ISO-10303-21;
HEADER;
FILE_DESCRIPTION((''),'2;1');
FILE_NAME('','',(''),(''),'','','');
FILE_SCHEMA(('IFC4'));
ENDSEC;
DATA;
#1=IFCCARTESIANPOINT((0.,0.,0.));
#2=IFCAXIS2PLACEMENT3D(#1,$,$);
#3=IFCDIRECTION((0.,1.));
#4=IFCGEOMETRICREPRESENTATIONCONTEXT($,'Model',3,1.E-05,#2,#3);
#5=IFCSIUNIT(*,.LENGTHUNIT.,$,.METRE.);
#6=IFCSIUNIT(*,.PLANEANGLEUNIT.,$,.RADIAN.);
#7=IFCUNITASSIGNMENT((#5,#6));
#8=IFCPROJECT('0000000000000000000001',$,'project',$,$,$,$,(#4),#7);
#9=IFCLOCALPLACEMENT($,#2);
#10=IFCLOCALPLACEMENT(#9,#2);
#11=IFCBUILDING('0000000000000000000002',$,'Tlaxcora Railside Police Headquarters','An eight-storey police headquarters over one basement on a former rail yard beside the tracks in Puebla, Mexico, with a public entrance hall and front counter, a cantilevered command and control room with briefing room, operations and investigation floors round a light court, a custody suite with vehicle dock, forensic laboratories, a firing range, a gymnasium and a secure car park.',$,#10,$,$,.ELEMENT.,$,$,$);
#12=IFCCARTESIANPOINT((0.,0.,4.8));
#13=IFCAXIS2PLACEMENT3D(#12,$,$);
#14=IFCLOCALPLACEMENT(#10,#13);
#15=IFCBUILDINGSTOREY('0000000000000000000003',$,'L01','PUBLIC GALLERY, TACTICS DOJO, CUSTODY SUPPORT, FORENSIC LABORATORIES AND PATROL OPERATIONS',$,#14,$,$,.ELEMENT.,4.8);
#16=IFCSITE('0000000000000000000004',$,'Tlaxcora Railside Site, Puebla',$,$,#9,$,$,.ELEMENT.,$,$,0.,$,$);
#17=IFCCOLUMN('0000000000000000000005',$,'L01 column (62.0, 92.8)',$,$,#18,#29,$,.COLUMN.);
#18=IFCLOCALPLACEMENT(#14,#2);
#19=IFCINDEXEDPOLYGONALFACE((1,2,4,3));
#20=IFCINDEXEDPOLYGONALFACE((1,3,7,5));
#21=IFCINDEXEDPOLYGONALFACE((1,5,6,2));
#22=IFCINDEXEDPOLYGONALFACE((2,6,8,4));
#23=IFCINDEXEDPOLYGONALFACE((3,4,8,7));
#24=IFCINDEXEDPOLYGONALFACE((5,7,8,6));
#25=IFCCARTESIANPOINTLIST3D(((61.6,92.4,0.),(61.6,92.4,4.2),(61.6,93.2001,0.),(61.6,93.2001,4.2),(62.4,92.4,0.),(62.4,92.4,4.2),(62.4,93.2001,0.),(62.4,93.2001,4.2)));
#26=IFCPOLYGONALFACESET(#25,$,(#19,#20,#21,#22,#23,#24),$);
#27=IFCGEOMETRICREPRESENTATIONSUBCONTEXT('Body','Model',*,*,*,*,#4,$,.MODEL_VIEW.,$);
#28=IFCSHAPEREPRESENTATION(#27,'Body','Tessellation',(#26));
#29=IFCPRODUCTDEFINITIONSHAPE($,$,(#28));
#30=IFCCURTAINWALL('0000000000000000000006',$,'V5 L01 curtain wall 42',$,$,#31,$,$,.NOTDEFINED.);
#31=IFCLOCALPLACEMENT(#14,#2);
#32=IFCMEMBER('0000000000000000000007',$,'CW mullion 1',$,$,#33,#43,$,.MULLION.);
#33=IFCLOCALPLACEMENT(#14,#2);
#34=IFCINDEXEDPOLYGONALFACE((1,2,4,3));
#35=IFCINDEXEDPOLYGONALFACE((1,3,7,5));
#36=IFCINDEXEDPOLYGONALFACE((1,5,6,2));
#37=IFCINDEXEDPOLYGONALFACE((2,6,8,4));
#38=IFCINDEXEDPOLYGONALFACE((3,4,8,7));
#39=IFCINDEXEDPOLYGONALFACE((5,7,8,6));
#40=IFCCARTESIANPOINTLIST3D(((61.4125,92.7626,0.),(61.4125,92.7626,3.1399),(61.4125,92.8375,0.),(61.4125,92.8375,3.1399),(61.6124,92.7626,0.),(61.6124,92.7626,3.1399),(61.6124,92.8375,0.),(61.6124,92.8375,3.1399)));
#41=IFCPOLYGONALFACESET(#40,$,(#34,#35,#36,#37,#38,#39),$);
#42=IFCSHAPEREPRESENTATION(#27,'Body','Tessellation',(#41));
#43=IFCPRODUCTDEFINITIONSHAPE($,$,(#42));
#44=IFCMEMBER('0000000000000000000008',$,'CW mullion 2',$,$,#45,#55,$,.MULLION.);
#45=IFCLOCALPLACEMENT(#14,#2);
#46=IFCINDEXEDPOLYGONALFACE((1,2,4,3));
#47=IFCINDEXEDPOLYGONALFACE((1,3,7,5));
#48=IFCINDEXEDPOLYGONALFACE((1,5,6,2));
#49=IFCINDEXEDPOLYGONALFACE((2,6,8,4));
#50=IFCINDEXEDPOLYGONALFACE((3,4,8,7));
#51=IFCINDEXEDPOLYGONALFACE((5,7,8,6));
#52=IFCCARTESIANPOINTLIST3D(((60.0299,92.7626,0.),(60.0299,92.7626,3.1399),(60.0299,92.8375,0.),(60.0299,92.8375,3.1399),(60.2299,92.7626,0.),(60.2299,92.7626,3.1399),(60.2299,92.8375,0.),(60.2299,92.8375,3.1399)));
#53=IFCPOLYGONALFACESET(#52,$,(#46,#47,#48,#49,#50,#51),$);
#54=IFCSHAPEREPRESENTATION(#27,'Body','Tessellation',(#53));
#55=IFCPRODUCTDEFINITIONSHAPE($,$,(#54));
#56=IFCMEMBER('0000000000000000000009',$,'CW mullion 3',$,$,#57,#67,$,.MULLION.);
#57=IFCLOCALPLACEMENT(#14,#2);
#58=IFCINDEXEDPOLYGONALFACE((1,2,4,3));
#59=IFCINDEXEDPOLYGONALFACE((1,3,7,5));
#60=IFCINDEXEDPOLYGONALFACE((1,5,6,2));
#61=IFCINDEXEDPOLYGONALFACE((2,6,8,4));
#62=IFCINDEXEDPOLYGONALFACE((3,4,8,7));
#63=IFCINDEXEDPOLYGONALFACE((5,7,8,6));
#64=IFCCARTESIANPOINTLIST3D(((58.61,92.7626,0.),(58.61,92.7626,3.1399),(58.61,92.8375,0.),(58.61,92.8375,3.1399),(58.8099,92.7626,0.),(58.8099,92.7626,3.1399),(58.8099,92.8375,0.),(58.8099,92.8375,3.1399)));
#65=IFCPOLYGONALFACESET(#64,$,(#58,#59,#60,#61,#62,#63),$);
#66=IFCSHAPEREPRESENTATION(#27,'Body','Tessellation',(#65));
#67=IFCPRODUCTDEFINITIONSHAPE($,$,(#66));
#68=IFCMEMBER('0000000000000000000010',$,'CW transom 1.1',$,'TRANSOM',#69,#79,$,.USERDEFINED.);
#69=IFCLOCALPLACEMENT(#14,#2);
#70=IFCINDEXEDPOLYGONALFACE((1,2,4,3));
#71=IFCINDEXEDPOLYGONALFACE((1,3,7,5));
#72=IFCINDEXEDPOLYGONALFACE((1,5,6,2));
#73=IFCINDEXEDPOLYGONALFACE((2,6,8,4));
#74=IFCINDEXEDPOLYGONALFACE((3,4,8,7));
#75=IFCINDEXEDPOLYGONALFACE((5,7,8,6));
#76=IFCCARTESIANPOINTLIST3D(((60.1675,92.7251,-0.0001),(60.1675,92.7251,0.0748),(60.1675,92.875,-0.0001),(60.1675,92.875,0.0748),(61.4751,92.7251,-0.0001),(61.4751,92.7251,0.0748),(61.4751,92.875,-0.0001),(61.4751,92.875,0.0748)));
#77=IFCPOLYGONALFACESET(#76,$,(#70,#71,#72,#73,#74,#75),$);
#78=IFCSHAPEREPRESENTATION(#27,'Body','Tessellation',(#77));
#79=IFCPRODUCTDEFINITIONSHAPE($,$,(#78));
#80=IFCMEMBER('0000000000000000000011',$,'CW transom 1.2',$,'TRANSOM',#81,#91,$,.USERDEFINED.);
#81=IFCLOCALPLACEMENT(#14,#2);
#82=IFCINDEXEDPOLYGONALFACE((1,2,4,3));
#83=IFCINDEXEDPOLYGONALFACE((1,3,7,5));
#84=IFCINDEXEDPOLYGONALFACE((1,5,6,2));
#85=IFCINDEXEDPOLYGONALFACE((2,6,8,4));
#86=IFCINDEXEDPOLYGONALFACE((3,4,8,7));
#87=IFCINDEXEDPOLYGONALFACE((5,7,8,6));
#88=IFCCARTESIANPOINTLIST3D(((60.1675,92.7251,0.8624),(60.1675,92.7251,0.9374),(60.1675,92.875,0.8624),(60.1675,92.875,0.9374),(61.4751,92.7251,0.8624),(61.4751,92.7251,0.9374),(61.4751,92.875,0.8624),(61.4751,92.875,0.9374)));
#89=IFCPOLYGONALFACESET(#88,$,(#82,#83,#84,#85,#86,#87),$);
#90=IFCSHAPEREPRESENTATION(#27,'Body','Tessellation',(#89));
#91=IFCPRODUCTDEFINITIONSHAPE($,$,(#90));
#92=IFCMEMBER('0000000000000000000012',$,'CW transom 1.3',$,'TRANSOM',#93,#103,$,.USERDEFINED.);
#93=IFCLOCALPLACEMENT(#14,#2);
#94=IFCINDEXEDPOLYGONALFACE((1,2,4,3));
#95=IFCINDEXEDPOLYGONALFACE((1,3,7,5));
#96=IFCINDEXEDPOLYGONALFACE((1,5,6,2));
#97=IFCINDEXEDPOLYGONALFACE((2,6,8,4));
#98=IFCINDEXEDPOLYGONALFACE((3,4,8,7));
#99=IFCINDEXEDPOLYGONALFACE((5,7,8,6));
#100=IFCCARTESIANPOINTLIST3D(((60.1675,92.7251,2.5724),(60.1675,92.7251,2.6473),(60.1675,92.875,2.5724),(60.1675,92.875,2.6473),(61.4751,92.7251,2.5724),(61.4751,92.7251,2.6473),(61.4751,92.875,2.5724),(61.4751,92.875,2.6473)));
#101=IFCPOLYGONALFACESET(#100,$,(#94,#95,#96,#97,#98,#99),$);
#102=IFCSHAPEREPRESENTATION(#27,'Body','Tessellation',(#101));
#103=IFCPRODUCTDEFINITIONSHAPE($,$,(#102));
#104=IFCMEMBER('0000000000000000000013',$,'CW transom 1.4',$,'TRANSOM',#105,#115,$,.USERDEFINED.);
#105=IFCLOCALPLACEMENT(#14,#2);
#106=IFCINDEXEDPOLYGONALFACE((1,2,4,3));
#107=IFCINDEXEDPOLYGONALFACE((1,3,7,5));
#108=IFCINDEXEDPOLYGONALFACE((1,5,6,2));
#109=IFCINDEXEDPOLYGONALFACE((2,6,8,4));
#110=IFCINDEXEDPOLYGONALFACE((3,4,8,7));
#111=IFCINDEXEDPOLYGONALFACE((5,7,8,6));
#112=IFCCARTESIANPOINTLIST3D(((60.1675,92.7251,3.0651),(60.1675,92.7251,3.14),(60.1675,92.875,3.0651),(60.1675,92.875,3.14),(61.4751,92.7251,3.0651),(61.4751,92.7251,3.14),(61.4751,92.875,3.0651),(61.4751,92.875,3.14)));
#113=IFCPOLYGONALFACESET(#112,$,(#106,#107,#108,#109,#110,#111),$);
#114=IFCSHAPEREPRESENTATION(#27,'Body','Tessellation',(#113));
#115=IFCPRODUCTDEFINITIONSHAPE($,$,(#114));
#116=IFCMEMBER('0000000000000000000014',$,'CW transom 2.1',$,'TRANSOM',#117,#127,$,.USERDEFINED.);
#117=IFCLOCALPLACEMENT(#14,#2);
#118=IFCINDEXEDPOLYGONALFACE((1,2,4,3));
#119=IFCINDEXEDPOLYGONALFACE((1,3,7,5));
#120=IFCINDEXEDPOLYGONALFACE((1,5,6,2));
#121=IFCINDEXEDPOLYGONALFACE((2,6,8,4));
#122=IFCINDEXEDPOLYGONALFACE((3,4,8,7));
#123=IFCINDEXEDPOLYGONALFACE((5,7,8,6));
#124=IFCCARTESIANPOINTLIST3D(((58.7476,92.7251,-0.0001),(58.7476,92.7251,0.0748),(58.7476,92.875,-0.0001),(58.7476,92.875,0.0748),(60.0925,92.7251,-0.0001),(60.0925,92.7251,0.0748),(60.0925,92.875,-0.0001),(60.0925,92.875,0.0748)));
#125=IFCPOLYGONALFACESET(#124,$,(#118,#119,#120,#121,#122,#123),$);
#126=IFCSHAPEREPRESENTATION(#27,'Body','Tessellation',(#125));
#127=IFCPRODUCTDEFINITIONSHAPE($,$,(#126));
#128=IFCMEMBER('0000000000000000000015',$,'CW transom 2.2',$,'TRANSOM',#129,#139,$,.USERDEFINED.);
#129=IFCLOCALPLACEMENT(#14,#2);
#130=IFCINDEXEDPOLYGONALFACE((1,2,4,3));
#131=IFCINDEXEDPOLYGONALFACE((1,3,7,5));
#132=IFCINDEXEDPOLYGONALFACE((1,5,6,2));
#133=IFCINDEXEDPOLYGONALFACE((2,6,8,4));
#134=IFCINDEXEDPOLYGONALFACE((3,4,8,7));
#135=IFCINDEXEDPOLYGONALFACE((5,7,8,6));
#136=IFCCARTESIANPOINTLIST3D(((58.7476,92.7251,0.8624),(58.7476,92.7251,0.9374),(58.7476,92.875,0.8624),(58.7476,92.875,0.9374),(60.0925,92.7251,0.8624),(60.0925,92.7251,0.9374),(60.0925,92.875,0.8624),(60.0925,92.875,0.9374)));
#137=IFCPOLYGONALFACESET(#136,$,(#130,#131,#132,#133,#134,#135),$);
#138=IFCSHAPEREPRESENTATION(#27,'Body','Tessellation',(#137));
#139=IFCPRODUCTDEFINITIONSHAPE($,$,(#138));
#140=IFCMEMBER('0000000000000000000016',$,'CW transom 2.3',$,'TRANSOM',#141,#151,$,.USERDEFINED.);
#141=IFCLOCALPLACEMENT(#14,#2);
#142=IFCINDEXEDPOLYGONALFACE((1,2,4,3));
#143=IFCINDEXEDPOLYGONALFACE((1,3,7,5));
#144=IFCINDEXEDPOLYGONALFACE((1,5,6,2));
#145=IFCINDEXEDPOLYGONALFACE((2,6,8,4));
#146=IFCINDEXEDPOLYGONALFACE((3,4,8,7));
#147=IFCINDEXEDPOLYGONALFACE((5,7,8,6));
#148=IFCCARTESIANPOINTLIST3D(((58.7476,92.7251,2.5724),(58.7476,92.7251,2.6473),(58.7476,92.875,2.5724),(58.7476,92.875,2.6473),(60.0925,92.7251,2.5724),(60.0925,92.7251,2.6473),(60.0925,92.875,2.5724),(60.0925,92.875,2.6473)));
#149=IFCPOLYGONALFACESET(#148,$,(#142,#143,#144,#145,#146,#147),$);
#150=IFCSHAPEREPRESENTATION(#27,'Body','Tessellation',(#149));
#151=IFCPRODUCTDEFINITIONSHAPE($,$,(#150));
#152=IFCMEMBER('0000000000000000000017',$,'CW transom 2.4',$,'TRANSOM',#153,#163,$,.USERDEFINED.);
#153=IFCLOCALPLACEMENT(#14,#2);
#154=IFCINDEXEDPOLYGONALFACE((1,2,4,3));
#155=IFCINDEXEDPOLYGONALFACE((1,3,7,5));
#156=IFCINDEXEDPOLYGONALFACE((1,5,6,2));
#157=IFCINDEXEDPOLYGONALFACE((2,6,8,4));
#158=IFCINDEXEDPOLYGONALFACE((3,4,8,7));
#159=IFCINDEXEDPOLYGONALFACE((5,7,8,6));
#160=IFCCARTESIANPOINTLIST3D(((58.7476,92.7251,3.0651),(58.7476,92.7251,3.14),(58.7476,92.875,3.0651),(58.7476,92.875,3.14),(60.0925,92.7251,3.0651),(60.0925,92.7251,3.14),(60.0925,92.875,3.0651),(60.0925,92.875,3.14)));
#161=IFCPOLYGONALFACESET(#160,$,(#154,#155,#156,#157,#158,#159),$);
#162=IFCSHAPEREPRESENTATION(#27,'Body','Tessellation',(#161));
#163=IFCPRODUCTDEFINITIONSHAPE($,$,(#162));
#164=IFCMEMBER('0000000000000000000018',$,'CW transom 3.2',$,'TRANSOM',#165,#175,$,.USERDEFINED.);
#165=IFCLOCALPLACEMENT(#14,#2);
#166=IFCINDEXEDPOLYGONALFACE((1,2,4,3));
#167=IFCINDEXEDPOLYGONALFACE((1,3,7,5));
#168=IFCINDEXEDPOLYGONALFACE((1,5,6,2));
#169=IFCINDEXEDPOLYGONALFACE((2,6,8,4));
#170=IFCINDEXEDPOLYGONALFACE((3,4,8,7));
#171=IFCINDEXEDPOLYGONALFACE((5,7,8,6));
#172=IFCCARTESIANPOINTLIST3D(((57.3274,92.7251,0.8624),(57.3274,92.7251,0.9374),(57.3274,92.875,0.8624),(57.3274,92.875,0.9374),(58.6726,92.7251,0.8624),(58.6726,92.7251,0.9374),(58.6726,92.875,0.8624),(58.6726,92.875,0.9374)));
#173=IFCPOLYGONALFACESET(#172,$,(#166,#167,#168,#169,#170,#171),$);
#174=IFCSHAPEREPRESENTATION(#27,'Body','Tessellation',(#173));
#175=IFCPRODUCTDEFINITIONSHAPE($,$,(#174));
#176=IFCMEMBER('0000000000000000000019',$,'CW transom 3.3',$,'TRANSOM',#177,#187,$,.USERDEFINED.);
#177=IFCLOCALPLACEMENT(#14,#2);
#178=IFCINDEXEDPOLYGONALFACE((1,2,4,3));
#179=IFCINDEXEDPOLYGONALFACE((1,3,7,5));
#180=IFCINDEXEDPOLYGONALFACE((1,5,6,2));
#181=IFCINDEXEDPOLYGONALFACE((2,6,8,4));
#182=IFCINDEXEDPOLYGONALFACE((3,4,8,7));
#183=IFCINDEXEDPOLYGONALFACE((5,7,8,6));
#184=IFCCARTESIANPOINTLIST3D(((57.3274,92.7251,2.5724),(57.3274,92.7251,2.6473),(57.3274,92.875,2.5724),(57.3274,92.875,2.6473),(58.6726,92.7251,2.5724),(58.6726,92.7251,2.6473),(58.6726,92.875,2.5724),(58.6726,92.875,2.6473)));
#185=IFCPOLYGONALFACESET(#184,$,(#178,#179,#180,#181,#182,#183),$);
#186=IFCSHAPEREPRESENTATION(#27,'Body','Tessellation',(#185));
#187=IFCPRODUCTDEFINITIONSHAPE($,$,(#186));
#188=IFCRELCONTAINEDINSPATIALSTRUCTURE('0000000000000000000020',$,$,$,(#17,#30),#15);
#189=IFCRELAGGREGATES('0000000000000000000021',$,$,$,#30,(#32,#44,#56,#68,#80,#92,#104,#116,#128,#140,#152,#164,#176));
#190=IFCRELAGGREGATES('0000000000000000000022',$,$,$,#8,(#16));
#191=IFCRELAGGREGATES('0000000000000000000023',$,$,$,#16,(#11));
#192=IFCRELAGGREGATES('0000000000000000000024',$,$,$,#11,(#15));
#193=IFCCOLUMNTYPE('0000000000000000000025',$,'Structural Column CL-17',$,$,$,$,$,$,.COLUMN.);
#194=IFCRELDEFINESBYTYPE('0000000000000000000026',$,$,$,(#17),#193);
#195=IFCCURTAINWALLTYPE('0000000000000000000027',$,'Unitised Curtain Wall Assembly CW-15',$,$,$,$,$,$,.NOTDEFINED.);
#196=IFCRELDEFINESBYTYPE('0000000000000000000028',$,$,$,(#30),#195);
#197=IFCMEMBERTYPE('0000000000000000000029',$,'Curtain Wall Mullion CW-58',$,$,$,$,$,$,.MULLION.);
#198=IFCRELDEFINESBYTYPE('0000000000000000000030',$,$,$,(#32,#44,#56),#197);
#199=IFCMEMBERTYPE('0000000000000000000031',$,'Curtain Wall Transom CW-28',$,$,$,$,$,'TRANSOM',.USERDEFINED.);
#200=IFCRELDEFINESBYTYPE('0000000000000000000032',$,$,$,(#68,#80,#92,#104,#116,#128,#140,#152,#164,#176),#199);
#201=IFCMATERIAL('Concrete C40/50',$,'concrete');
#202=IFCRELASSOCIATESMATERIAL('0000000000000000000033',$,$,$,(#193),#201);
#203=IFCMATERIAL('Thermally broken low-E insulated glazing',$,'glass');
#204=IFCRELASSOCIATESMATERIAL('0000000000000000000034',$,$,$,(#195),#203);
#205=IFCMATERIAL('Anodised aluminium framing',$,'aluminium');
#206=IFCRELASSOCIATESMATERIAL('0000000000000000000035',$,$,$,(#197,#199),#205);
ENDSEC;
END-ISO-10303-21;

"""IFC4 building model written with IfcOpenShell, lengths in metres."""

from ifc_helpers import new_model, si_unit, direction, frame, origin, origin_2d, place, context, subcontext, project, spatial, rectangle, extrude, material, material_profile, profile_set, type_object, element, aggregate, save


model = new_model("IFC4")

# Units and contexts
model_context = context("Model", 3, precision=1e-05, world=origin(), true_north=direction((0.0, 1.0)))
body_context = subcontext(model_context, "Body", "Model", "MODEL_VIEW")
ifc_project = project(units=[si_unit("LENGTHUNIT", "METRE"), si_unit("PLANEANGLEUNIT", "RADIAN")], contexts=[model_context])

# Site, building, storey
site_placement = place(None, origin())
site = spatial("IfcSite", under=ifc_project, at=site_placement, Name="Tlaxcora Railside Site, Puebla", CompositionType="ELEMENT", RefElevation=0.0)
building_placement = place(site_placement, origin())
building = spatial("IfcBuilding", under=site, at=building_placement, Name="Tlaxcora Railside Police Headquarters", Description="An eight-storey police headquarters over one basement on a former rail yard beside the tracks in Puebla, Mexico, with a public entrance hall and front counter, a cantilevered command and control room with briefing room, operations and investigation floors round a light court, a custody suite with vehicle dock, forensic laboratories, a firing range, a gymnasium and a secure car park.", CompositionType="ELEMENT")
storey_placement = place(building_placement, frame((0.0, 0.0, 4.8)))
storey = spatial("IfcBuildingStorey", under=building, at=storey_placement, Name="L01", Description="PUBLIC GALLERY, TACTICS DOJO, CUSTODY SUPPORT, FORENSIC LABORATORIES AND PATROL OPERATIONS", CompositionType="ELEMENT", Elevation=4.8)

# Column
ifc_material_1 = material(Name="Concrete C40/50", Category="concrete")
ifc_material_profile_1 = material_profile(ifc_material_1, rectangle(XDim=0.8, YDim=0.8, at=origin_2d()), Name="RC800X800")
ifc_profile_set_1 = profile_set([ifc_material_profile_1], Name="Concrete C40/50")
column_type = type_object("IfcColumnType", Name="Structural Column CL-17", PredefinedType="COLUMN", material=ifc_profile_set_1)
column_placement = place(storey_placement, frame((62.0, 92.8, 0.0), z_axis=(0.0, 0.0, 1.0), x_axis=(1.0, 0.0, 0.0)))
element("IfcColumn", 1, at=column_placement, inside=storey, type_object=column_type, Name="L01 column (62.0, 92.8)", PredefinedType="COLUMN", context=body_context, shape_type="SweptSolid", body=[
    extrude(rectangle(XDim=0.8, YDim=0.8, at=origin_2d()), origin(), (0.0, 0.0, 1.0), 4.2),
])

# Curtain wall, members
ifc_material_2 = material(Name="Thermally broken low-E insulated glazing", Category="glass")
curtain_wall_type = type_object("IfcCurtainWallType", Name="Unitised Curtain Wall Assembly CW-15", PredefinedType="NOTDEFINED", material=ifc_material_2)
curtain_wall_placement = place(storey_placement, origin())
curtain_wall = element("IfcCurtainWall", 2, at=curtain_wall_placement, inside=storey, type_object=curtain_wall_type, Name="V5 L01 curtain wall 42", PredefinedType="NOTDEFINED")
ifc_material_3 = material(Name="Anodised aluminium framing", Category="aluminium")
ifc_material_profile_2 = material_profile(ifc_material_3, rectangle(XDim=0.075, YDim=0.2, at=origin_2d()), Name="AL75X200")
ifc_profile_set_2 = profile_set([ifc_material_profile_2], Name="Anodised aluminium framing")
member_type_1 = type_object("IfcMemberType", Name="Curtain Wall Mullion CW-58", PredefinedType="MULLION", material=ifc_profile_set_2)
member_1_placement = place(storey_placement, frame((61.5125, 92.8, 0.0), z_axis=(0.0, 0.0, 1.0), x_axis=(0.0, -1.0, 0.0)))
member_1 = element("IfcMember", 3, at=member_1_placement, type_object=member_type_1, Name="CW mullion 1", PredefinedType="MULLION", context=body_context, shape_type="SweptSolid", body=[
    extrude(rectangle(XDim=0.075, YDim=0.2, at=origin_2d()), origin(), (0.0, 0.0, 1.0), 3.1399),
])
member_2_placement = place(storey_placement, frame((60.1299, 92.8, 0.0), z_axis=(0.0, 0.0, 1.0), x_axis=(0.0, -1.0, 0.0)))
member_2 = element("IfcMember", 4, at=member_2_placement, type_object=member_type_1, Name="CW mullion 2", PredefinedType="MULLION", context=body_context, shape_type="SweptSolid", body=[
    extrude(rectangle(XDim=0.075, YDim=0.2, at=origin_2d()), origin(), (0.0, 0.0, 1.0), 3.1399),
])
member_3_placement = place(storey_placement, frame((58.71, 92.8, 0.0), z_axis=(0.0, 0.0, 1.0), x_axis=(0.0, -1.0, 0.0)))
member_3 = element("IfcMember", 5, at=member_3_placement, type_object=member_type_1, Name="CW mullion 3", PredefinedType="MULLION", context=body_context, shape_type="SweptSolid", body=[
    extrude(rectangle(XDim=0.075, YDim=0.2, at=origin_2d()), origin(), (0.0, 0.0, 1.0), 3.1399),
])
ifc_material_profile_3 = material_profile(ifc_material_3, rectangle(XDim=0.1499, YDim=0.075, at=origin_2d()), Name="AL75X150")
ifc_profile_set_3 = profile_set([ifc_material_profile_3], Name="Anodised aluminium framing")
member_type_2 = type_object("IfcMemberType", Name="Curtain Wall Transom CW-28", ElementType="TRANSOM", PredefinedType="USERDEFINED", material=ifc_profile_set_3)
member_4_placement = place(storey_placement, frame((61.4751, 92.8, 0.0374), z_axis=(-1.0, 0.0, 0.0), x_axis=(0.0, -1.0, 0.0)))
member_4 = element("IfcMember", 6, at=member_4_placement, type_object=member_type_2, Name="CW transom 1.1", ObjectType="TRANSOM", PredefinedType="USERDEFINED", context=body_context, shape_type="SweptSolid", body=[
    extrude(rectangle(XDim=0.1499, YDim=0.075, at=origin_2d()), origin(), (0.0, 0.0, 1.0), 1.3076),
])
member_5_placement = place(storey_placement, frame((61.4751, 92.8, 0.8999), z_axis=(-1.0, 0.0, 0.0), x_axis=(0.0, -1.0, 0.0)))
member_5 = element("IfcMember", 7, at=member_5_placement, type_object=member_type_2, Name="CW transom 1.2", ObjectType="TRANSOM", PredefinedType="USERDEFINED", context=body_context, shape_type="SweptSolid", body=[
    extrude(rectangle(XDim=0.1499, YDim=0.075, at=origin_2d()), origin(), (0.0, 0.0, 1.0), 1.3076),
])
member_6_placement = place(storey_placement, frame((61.4751, 92.8, 2.6099), z_axis=(-1.0, 0.0, 0.0), x_axis=(0.0, -1.0, 0.0)))
member_6 = element("IfcMember", 8, at=member_6_placement, type_object=member_type_2, Name="CW transom 1.3", ObjectType="TRANSOM", PredefinedType="USERDEFINED", context=body_context, shape_type="SweptSolid", body=[
    extrude(rectangle(XDim=0.1499, YDim=0.075, at=origin_2d()), origin(), (0.0, 0.0, 1.0), 1.3076),
])
member_7_placement = place(storey_placement, frame((61.4751, 92.8, 3.1025), z_axis=(-1.0, 0.0, 0.0), x_axis=(0.0, -1.0, 0.0)))
member_7 = element("IfcMember", 9, at=member_7_placement, type_object=member_type_2, Name="CW transom 1.4", ObjectType="TRANSOM", PredefinedType="USERDEFINED", context=body_context, shape_type="SweptSolid", body=[
    extrude(rectangle(XDim=0.1499, YDim=0.075, at=origin_2d()), origin(), (0.0, 0.0, 1.0), 1.3076),
])
member_8_placement = place(storey_placement, frame((60.0925, 92.8, 0.0374), z_axis=(-1.0, 0.0, 0.0), x_axis=(0.0, -1.0, 0.0)))
member_8 = element("IfcMember", 10, at=member_8_placement, type_object=member_type_2, Name="CW transom 2.1", ObjectType="TRANSOM", PredefinedType="USERDEFINED", context=body_context, shape_type="SweptSolid", body=[
    extrude(rectangle(XDim=0.1499, YDim=0.075, at=origin_2d()), origin(), (0.0, 0.0, 1.0), 1.345),
])
member_9_placement = place(storey_placement, frame((60.0925, 92.8, 0.8999), z_axis=(-1.0, 0.0, 0.0), x_axis=(0.0, -1.0, 0.0)))
member_9 = element("IfcMember", 11, at=member_9_placement, type_object=member_type_2, Name="CW transom 2.2", ObjectType="TRANSOM", PredefinedType="USERDEFINED", context=body_context, shape_type="SweptSolid", body=[
    extrude(rectangle(XDim=0.1499, YDim=0.075, at=origin_2d()), origin(), (0.0, 0.0, 1.0), 1.345),
])
member_10_placement = place(storey_placement, frame((60.0925, 92.8, 2.6099), z_axis=(-1.0, 0.0, 0.0), x_axis=(0.0, -1.0, 0.0)))
member_10 = element("IfcMember", 12, at=member_10_placement, type_object=member_type_2, Name="CW transom 2.3", ObjectType="TRANSOM", PredefinedType="USERDEFINED", context=body_context, shape_type="SweptSolid", body=[
    extrude(rectangle(XDim=0.1499, YDim=0.075, at=origin_2d()), origin(), (0.0, 0.0, 1.0), 1.345),
])
member_11_placement = place(storey_placement, frame((60.0925, 92.8, 3.1025), z_axis=(-1.0, 0.0, 0.0), x_axis=(0.0, -1.0, 0.0)))
member_11 = element("IfcMember", 13, at=member_11_placement, type_object=member_type_2, Name="CW transom 2.4", ObjectType="TRANSOM", PredefinedType="USERDEFINED", context=body_context, shape_type="SweptSolid", body=[
    extrude(rectangle(XDim=0.1499, YDim=0.075, at=origin_2d()), origin(), (0.0, 0.0, 1.0), 1.345),
])
member_12_placement = place(storey_placement, frame((58.6726, 92.8, 0.8999), z_axis=(-1.0, 0.0, 0.0), x_axis=(0.0, -1.0, 0.0)))
member_12 = element("IfcMember", 14, at=member_12_placement, type_object=member_type_2, Name="CW transom 3.2", ObjectType="TRANSOM", PredefinedType="USERDEFINED", context=body_context, shape_type="SweptSolid", body=[
    extrude(rectangle(XDim=0.1499, YDim=0.075, at=origin_2d()), origin(), (0.0, 0.0, 1.0), 1.3452),
])
member_13_placement = place(storey_placement, frame((58.6726, 92.8, 2.6099), z_axis=(-1.0, 0.0, 0.0), x_axis=(0.0, -1.0, 0.0)))
member_13 = element("IfcMember", 15, at=member_13_placement, type_object=member_type_2, Name="CW transom 3.3", ObjectType="TRANSOM", PredefinedType="USERDEFINED", context=body_context, shape_type="SweptSolid", body=[
    extrude(rectangle(XDim=0.1499, YDim=0.075, at=origin_2d()), origin(), (0.0, 0.0, 1.0), 1.3452),
])

aggregate(curtain_wall, [member_1, member_2, member_3, member_4, member_5, member_6, member_7, member_8, member_9, member_10, member_11, member_12, member_13])

save(model, "model.ifc")
